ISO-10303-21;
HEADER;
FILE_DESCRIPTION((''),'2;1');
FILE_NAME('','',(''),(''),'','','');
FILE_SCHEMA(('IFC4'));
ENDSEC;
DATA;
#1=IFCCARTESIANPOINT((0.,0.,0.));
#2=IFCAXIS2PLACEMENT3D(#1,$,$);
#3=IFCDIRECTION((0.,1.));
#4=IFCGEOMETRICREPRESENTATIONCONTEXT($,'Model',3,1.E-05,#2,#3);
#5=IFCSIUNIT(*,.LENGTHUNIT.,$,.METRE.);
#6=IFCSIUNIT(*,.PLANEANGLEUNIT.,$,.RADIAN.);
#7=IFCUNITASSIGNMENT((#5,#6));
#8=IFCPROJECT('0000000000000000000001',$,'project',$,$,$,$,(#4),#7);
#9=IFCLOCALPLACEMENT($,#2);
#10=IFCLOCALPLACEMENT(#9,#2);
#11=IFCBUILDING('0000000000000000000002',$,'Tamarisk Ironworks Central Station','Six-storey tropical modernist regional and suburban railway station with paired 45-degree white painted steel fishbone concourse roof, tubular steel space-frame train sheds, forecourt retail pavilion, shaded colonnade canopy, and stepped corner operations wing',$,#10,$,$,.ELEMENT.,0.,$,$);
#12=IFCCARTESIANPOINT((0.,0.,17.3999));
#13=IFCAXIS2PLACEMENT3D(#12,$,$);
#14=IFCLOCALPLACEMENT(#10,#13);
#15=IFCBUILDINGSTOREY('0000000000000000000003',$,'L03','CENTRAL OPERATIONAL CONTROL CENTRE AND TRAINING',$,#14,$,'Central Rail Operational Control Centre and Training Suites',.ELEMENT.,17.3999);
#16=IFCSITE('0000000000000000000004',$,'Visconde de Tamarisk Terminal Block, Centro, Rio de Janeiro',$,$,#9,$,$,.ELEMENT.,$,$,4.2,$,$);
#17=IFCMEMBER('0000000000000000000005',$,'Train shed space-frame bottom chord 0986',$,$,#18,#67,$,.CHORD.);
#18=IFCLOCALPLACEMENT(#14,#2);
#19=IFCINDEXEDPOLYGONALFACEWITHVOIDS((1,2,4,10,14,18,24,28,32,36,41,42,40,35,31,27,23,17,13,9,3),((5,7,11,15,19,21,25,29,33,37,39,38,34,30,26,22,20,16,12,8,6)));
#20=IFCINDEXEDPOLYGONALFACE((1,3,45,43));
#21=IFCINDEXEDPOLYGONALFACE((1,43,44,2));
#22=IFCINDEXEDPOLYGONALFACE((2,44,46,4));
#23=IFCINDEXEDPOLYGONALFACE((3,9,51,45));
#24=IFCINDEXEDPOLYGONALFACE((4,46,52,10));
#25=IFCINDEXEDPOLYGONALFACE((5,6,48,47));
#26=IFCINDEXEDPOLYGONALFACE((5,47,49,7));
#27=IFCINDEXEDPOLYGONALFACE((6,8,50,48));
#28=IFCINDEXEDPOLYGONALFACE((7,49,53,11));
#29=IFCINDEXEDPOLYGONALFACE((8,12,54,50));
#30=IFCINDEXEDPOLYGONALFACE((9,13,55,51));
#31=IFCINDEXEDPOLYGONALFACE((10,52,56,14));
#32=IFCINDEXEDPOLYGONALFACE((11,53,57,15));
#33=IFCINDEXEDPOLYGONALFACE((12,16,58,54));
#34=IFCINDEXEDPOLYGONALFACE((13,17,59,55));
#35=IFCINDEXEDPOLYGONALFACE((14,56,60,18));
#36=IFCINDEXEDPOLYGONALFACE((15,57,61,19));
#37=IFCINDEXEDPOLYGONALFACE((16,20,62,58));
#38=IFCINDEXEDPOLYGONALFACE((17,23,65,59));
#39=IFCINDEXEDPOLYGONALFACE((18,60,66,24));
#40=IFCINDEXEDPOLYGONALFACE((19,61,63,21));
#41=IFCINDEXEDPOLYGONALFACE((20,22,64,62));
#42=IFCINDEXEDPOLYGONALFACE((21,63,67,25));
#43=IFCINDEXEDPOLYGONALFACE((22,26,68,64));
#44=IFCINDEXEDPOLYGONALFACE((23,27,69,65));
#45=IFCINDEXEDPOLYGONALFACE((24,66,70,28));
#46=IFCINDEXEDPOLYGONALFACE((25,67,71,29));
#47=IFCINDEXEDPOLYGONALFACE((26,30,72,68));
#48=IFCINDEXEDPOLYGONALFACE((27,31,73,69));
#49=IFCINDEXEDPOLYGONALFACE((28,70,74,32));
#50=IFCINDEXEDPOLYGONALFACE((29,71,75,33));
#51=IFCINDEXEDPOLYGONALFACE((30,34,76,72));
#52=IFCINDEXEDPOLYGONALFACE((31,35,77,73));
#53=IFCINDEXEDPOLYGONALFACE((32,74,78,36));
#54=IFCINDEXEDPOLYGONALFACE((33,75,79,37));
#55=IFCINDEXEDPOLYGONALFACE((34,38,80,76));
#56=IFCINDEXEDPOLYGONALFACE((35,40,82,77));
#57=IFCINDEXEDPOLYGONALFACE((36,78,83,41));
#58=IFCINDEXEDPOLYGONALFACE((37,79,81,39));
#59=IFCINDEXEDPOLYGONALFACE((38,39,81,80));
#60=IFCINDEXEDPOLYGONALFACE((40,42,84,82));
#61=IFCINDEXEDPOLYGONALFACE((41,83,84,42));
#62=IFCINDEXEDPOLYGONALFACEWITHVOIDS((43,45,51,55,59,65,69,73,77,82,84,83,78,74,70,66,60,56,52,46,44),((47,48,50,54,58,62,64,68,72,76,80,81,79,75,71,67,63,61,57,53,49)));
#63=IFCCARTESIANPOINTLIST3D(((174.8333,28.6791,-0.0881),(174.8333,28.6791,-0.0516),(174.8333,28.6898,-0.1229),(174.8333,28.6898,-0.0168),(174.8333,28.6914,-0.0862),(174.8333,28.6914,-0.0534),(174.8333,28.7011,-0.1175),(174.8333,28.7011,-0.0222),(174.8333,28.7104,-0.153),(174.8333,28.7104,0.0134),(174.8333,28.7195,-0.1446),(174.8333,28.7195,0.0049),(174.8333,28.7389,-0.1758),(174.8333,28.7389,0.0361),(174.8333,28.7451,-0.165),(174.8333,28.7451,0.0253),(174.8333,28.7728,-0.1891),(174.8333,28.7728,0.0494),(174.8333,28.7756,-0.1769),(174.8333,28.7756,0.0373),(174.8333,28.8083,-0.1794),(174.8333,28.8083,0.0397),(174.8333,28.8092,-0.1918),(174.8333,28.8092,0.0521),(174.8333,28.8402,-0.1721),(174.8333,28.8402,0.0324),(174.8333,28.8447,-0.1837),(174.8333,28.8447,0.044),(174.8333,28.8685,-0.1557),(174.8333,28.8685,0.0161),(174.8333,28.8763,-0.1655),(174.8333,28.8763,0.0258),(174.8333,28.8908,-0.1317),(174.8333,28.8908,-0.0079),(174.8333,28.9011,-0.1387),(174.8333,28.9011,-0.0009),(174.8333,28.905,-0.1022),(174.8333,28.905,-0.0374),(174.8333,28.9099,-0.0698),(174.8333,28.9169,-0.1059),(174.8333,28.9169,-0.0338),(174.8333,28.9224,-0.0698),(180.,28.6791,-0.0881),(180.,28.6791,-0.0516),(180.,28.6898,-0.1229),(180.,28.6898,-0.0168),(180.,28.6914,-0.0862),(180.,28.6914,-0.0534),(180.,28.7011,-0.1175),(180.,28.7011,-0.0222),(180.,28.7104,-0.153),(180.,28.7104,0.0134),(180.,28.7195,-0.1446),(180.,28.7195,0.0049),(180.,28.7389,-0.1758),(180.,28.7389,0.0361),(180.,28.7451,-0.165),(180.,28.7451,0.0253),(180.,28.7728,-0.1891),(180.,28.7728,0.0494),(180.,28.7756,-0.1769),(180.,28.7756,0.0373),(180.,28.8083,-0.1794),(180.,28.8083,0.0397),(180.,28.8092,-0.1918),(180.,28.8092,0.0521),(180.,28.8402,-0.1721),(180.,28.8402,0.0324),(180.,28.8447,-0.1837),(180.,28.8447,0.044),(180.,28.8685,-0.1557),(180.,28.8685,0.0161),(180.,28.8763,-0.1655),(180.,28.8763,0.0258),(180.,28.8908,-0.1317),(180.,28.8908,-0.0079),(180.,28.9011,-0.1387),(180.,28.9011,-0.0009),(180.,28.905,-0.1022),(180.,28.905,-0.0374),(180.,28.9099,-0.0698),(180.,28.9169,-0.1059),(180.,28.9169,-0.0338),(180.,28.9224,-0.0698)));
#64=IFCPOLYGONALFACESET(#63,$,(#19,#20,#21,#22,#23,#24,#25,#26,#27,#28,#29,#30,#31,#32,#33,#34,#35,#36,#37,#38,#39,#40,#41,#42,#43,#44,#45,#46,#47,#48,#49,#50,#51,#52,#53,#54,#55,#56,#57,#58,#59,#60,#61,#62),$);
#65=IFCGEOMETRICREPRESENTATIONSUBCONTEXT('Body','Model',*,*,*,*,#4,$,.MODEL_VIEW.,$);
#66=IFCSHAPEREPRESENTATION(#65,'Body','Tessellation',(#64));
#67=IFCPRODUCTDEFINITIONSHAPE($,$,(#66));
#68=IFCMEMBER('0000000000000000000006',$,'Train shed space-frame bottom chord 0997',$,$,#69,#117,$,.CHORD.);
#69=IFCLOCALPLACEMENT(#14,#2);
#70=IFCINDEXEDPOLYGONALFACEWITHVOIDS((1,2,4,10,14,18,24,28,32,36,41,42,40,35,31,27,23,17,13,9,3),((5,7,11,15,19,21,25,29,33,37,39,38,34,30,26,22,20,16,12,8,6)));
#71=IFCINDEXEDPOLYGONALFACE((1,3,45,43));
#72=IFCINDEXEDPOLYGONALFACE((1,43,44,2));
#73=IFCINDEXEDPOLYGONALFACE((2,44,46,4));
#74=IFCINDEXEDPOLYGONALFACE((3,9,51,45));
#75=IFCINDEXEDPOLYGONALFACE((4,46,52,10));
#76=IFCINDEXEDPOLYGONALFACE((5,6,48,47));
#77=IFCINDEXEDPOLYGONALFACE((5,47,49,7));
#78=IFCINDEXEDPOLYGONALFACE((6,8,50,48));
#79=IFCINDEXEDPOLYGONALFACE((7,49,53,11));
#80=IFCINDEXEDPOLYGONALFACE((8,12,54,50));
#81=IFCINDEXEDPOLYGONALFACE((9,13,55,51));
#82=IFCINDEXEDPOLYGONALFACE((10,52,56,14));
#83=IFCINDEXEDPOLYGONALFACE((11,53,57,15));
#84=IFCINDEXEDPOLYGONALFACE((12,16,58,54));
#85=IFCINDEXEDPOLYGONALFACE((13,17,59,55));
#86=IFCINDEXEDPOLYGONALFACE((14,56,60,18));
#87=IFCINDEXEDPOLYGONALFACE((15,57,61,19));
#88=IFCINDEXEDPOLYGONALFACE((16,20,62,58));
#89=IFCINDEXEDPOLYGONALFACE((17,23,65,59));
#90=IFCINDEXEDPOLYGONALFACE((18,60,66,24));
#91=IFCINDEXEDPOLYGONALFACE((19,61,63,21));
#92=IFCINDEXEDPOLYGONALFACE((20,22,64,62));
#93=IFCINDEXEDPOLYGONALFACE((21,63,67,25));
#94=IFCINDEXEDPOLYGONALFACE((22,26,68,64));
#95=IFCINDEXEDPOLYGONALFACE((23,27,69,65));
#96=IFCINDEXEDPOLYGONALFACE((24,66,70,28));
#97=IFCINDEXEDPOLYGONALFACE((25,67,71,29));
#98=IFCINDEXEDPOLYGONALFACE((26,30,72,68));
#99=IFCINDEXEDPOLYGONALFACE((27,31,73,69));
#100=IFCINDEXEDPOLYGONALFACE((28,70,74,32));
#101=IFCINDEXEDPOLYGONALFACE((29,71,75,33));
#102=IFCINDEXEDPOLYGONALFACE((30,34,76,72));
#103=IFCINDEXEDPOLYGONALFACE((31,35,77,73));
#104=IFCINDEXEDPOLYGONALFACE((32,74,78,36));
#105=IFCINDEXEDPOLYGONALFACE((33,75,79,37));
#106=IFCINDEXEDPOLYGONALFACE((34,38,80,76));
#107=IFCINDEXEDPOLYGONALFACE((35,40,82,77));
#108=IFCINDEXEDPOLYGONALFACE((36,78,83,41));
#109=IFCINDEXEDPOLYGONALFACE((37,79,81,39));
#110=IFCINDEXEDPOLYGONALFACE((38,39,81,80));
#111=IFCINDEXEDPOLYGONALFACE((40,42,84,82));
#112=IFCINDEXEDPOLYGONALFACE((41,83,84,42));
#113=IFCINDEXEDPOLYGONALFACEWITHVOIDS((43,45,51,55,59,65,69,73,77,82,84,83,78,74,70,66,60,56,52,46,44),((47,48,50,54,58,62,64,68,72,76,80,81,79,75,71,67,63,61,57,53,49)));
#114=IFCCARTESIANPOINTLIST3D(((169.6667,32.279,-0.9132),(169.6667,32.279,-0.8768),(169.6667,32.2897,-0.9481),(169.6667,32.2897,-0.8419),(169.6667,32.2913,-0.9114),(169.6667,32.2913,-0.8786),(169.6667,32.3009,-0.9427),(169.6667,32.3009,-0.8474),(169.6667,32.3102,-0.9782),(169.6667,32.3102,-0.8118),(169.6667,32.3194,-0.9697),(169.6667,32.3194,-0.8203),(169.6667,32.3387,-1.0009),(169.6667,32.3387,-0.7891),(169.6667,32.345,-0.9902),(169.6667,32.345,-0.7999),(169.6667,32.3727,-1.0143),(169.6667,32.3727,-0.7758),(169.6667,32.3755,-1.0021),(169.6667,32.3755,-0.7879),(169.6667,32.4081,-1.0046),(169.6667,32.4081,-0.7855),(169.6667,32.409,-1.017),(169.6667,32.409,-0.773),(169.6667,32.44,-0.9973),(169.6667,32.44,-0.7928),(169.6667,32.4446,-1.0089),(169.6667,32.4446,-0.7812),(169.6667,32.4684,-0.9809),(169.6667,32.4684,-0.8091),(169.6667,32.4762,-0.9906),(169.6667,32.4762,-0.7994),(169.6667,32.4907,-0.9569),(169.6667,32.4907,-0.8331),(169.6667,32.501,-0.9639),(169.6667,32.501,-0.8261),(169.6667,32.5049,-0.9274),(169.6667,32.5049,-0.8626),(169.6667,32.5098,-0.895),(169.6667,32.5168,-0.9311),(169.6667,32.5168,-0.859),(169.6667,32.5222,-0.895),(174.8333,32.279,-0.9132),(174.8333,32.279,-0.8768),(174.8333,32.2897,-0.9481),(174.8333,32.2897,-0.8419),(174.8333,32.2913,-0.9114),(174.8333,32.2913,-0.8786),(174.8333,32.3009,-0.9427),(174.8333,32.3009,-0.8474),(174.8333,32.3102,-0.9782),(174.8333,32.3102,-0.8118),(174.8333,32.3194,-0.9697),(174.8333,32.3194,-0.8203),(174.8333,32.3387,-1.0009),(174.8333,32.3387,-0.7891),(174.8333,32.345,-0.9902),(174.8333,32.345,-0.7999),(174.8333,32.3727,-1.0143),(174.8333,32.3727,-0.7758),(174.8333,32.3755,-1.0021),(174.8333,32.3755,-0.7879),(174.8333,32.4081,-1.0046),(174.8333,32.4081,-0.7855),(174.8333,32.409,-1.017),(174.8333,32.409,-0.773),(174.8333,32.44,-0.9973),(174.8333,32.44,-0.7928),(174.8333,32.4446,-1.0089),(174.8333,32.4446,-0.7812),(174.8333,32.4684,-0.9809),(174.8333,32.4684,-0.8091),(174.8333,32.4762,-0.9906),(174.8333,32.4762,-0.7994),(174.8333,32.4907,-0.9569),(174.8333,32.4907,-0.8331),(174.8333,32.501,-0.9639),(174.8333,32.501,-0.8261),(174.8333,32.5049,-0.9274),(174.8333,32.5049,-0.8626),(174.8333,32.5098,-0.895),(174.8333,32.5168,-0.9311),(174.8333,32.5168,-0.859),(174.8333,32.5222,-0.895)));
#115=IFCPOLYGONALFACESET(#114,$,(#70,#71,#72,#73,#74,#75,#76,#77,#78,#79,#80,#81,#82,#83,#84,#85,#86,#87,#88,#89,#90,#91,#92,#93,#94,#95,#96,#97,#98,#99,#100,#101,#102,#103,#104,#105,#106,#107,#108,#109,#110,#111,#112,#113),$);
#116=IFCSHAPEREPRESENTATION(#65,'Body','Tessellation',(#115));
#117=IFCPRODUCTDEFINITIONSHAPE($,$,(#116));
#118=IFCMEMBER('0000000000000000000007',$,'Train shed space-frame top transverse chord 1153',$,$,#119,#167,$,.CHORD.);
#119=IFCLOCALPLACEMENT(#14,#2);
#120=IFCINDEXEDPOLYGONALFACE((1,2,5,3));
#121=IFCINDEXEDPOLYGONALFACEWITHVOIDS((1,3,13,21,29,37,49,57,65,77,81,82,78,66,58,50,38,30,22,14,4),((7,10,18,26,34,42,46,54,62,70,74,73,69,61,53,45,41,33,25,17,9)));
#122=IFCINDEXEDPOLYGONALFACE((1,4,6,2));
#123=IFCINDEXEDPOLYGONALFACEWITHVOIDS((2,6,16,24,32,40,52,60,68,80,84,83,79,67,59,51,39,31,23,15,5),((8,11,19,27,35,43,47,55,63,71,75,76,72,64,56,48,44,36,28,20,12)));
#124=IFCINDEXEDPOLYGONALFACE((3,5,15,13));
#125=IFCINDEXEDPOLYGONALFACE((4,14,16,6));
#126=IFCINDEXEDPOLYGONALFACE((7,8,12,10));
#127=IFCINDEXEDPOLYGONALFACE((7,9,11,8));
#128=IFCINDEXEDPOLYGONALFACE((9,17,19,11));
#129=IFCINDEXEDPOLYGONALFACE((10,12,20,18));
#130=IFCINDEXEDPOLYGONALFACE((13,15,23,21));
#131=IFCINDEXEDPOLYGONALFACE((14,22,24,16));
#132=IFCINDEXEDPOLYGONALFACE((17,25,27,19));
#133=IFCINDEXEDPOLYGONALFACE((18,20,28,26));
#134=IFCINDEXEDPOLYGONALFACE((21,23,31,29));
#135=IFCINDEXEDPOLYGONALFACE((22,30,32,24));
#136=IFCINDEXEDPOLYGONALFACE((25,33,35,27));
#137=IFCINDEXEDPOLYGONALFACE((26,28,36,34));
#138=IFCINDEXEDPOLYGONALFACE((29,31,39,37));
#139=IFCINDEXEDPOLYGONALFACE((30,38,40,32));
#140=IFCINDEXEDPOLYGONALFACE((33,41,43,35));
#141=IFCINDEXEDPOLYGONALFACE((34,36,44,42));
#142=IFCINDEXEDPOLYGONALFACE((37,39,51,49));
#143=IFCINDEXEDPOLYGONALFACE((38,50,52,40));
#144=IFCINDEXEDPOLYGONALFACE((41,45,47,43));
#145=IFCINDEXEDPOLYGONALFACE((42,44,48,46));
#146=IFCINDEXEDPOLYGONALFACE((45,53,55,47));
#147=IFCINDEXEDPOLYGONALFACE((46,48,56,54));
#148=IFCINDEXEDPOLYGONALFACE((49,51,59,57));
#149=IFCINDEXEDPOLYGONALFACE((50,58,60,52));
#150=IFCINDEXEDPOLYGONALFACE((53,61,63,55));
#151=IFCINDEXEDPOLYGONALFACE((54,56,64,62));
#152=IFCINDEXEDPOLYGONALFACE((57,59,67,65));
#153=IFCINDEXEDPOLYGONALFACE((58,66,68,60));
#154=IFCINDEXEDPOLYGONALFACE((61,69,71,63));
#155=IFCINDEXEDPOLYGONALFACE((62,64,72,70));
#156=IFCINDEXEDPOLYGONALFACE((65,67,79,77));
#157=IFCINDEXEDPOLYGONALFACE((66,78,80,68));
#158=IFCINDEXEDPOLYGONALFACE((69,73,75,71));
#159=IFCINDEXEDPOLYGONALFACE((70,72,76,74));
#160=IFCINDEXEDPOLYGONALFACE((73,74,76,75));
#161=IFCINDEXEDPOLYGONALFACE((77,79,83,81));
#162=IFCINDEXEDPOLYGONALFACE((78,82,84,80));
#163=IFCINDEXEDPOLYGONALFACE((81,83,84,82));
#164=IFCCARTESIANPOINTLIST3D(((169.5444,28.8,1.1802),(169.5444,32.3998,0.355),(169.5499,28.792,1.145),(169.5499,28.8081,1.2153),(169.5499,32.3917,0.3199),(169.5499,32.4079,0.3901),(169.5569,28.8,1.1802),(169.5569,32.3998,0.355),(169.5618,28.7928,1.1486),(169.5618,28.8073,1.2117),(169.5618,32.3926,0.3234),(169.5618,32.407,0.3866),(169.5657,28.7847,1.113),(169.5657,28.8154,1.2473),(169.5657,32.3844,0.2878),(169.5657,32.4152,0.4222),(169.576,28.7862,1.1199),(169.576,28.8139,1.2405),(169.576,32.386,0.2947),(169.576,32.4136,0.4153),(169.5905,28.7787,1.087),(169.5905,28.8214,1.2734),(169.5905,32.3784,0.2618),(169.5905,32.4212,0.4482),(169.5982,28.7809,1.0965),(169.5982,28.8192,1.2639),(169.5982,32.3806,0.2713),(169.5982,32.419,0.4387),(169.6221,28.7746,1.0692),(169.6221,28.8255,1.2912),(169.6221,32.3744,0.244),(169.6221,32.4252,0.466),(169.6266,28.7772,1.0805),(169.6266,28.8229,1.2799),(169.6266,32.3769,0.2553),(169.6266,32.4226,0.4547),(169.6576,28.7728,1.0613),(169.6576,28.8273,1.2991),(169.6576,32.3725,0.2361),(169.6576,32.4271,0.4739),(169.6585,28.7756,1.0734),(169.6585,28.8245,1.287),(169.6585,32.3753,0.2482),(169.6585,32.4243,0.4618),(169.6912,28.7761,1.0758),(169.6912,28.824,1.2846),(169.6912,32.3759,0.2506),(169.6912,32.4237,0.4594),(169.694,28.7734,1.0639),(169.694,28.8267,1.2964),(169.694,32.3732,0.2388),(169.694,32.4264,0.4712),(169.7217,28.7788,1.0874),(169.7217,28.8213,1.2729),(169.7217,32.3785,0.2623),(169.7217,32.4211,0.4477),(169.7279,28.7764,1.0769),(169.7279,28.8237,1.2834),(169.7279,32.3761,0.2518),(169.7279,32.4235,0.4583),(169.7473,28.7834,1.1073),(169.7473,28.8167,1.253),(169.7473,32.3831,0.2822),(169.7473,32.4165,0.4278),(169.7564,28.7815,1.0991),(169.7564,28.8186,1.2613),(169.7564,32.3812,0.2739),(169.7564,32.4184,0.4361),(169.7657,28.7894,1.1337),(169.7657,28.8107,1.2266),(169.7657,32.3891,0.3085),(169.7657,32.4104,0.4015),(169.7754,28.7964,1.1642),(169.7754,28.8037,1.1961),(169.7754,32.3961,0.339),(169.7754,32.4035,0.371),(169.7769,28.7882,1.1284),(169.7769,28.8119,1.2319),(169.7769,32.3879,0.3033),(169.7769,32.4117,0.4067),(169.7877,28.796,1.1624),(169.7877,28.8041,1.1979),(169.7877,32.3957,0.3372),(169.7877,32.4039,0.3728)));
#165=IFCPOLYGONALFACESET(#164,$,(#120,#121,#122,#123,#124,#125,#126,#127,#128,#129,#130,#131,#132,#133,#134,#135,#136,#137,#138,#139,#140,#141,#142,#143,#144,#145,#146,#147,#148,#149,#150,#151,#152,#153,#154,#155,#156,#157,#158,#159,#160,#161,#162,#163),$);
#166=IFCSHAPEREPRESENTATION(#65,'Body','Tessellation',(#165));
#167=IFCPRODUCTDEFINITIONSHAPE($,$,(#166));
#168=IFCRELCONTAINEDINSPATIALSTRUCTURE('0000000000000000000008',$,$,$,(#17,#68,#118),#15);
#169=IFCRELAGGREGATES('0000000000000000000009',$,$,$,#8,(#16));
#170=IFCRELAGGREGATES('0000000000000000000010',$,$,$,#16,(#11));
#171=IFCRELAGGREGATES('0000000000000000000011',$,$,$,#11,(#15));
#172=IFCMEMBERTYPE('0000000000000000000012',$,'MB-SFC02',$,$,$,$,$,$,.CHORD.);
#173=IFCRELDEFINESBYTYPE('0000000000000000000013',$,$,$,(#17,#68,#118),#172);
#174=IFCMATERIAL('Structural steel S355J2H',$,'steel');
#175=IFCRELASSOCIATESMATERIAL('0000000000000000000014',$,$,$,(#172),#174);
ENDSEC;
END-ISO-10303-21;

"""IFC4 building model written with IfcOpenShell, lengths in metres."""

from ifc_helpers import new_model, si_unit, direction, frame, origin, origin_2d, place, context, subcontext, project, spatial, hollow_circle, extrude, material, material_profile, profile_set, type_object, element, save


model = new_model("IFC4")

# Units and contexts
model_context = context("Model", 3, precision=1e-05, world=origin(), true_north=direction((0.0, 1.0)))
body_context = subcontext(model_context, "Body", "Model", "MODEL_VIEW")
ifc_project = project(units=[si_unit("LENGTHUNIT", "METRE"), si_unit("PLANEANGLEUNIT", "RADIAN")], contexts=[model_context])

# Site, building, storey
site_placement = place(None, origin())
site = spatial("IfcSite", under=ifc_project, at=site_placement, Name="Visconde de Tamarisk Terminal Block, Centro, Rio de Janeiro", CompositionType="ELEMENT", RefElevation=4.2)
building_placement = place(site_placement, origin())
building = spatial("IfcBuilding", under=site, at=building_placement, Name="Tamarisk Ironworks Central Station", Description="Six-storey tropical modernist regional and suburban railway station with paired 45-degree white painted steel fishbone concourse roof, tubular steel space-frame train sheds, forecourt retail pavilion, shaded colonnade canopy, and stepped corner operations wing", CompositionType="ELEMENT", ElevationOfRefHeight=0.0)
storey_placement = place(building_placement, frame((0.0, 0.0, 17.3999)))
storey = spatial("IfcBuildingStorey", under=building, at=storey_placement, Name="L03", Description="CENTRAL OPERATIONAL CONTROL CENTRE AND TRAINING", LongName="Central Rail Operational Control Centre and Training Suites", CompositionType="ELEMENT", Elevation=17.3999)

# Members
ifc_material = material(Name="Structural steel S355J2H", Category="steel")
ifc_material_profile_1 = material_profile(ifc_material, hollow_circle(Radius=0.1223, WallThickness=0.0125, at=origin_2d()), Name="CHS 244.5x12.5")
ifc_profile_set_1 = profile_set([ifc_material_profile_1], Name="Structural steel S355J2H")
member_type_1 = type_object("IfcMemberType", Name="MB-SFC02", PredefinedType="CHORD", material=ifc_profile_set_1)
member_1_placement = place(storey_placement, frame((174.8333, 28.8, -0.0698), z_axis=(1.0, 0.0, 0.0), x_axis=(0.0, 1.0, 0.0)))
element("IfcMember", 1, at=member_1_placement, inside=storey, type_object=member_type_1, Name="Train shed space-frame bottom chord 0986", PredefinedType="CHORD", context=body_context, shape_type="SweptSolid", body=[
    extrude(hollow_circle(Radius=0.1223, WallThickness=0.0125, at=origin_2d()), origin(), (0.0, 0.0, 1.0), 5.1667),
])
member_2_placement = place(storey_placement, frame((169.6667, 32.3999, -0.895), z_axis=(1.0, 0.0, 0.0), x_axis=(0.0, 1.0, 0.0)))
element("IfcMember", 2, at=member_2_placement, inside=storey, type_object=member_type_1, Name="Train shed space-frame bottom chord 0997", PredefinedType="CHORD", context=body_context, shape_type="SweptSolid", body=[
    extrude(hollow_circle(Radius=0.1223, WallThickness=0.0125, at=origin_2d()), origin(), (0.0, 0.0, 1.0), 5.1665),
])
member_3_placement = place(storey_placement, frame((169.6667, 28.8, 1.1802), z_axis=(0.0, 0.974719, -0.223435), x_axis=(-1.0, 0.0, 0.0)))
element("IfcMember", 3, at=member_3_placement, inside=storey, type_object=member_type_1, Name="Train shed space-frame top transverse chord 1153", PredefinedType="CHORD", context=body_context, shape_type="SweptSolid", body=[
    extrude(hollow_circle(Radius=0.1223, WallThickness=0.0125, at=origin_2d()), origin(), (0.0, 0.0, 1.0), 3.6931),
])

save(model, "model.ifc")
